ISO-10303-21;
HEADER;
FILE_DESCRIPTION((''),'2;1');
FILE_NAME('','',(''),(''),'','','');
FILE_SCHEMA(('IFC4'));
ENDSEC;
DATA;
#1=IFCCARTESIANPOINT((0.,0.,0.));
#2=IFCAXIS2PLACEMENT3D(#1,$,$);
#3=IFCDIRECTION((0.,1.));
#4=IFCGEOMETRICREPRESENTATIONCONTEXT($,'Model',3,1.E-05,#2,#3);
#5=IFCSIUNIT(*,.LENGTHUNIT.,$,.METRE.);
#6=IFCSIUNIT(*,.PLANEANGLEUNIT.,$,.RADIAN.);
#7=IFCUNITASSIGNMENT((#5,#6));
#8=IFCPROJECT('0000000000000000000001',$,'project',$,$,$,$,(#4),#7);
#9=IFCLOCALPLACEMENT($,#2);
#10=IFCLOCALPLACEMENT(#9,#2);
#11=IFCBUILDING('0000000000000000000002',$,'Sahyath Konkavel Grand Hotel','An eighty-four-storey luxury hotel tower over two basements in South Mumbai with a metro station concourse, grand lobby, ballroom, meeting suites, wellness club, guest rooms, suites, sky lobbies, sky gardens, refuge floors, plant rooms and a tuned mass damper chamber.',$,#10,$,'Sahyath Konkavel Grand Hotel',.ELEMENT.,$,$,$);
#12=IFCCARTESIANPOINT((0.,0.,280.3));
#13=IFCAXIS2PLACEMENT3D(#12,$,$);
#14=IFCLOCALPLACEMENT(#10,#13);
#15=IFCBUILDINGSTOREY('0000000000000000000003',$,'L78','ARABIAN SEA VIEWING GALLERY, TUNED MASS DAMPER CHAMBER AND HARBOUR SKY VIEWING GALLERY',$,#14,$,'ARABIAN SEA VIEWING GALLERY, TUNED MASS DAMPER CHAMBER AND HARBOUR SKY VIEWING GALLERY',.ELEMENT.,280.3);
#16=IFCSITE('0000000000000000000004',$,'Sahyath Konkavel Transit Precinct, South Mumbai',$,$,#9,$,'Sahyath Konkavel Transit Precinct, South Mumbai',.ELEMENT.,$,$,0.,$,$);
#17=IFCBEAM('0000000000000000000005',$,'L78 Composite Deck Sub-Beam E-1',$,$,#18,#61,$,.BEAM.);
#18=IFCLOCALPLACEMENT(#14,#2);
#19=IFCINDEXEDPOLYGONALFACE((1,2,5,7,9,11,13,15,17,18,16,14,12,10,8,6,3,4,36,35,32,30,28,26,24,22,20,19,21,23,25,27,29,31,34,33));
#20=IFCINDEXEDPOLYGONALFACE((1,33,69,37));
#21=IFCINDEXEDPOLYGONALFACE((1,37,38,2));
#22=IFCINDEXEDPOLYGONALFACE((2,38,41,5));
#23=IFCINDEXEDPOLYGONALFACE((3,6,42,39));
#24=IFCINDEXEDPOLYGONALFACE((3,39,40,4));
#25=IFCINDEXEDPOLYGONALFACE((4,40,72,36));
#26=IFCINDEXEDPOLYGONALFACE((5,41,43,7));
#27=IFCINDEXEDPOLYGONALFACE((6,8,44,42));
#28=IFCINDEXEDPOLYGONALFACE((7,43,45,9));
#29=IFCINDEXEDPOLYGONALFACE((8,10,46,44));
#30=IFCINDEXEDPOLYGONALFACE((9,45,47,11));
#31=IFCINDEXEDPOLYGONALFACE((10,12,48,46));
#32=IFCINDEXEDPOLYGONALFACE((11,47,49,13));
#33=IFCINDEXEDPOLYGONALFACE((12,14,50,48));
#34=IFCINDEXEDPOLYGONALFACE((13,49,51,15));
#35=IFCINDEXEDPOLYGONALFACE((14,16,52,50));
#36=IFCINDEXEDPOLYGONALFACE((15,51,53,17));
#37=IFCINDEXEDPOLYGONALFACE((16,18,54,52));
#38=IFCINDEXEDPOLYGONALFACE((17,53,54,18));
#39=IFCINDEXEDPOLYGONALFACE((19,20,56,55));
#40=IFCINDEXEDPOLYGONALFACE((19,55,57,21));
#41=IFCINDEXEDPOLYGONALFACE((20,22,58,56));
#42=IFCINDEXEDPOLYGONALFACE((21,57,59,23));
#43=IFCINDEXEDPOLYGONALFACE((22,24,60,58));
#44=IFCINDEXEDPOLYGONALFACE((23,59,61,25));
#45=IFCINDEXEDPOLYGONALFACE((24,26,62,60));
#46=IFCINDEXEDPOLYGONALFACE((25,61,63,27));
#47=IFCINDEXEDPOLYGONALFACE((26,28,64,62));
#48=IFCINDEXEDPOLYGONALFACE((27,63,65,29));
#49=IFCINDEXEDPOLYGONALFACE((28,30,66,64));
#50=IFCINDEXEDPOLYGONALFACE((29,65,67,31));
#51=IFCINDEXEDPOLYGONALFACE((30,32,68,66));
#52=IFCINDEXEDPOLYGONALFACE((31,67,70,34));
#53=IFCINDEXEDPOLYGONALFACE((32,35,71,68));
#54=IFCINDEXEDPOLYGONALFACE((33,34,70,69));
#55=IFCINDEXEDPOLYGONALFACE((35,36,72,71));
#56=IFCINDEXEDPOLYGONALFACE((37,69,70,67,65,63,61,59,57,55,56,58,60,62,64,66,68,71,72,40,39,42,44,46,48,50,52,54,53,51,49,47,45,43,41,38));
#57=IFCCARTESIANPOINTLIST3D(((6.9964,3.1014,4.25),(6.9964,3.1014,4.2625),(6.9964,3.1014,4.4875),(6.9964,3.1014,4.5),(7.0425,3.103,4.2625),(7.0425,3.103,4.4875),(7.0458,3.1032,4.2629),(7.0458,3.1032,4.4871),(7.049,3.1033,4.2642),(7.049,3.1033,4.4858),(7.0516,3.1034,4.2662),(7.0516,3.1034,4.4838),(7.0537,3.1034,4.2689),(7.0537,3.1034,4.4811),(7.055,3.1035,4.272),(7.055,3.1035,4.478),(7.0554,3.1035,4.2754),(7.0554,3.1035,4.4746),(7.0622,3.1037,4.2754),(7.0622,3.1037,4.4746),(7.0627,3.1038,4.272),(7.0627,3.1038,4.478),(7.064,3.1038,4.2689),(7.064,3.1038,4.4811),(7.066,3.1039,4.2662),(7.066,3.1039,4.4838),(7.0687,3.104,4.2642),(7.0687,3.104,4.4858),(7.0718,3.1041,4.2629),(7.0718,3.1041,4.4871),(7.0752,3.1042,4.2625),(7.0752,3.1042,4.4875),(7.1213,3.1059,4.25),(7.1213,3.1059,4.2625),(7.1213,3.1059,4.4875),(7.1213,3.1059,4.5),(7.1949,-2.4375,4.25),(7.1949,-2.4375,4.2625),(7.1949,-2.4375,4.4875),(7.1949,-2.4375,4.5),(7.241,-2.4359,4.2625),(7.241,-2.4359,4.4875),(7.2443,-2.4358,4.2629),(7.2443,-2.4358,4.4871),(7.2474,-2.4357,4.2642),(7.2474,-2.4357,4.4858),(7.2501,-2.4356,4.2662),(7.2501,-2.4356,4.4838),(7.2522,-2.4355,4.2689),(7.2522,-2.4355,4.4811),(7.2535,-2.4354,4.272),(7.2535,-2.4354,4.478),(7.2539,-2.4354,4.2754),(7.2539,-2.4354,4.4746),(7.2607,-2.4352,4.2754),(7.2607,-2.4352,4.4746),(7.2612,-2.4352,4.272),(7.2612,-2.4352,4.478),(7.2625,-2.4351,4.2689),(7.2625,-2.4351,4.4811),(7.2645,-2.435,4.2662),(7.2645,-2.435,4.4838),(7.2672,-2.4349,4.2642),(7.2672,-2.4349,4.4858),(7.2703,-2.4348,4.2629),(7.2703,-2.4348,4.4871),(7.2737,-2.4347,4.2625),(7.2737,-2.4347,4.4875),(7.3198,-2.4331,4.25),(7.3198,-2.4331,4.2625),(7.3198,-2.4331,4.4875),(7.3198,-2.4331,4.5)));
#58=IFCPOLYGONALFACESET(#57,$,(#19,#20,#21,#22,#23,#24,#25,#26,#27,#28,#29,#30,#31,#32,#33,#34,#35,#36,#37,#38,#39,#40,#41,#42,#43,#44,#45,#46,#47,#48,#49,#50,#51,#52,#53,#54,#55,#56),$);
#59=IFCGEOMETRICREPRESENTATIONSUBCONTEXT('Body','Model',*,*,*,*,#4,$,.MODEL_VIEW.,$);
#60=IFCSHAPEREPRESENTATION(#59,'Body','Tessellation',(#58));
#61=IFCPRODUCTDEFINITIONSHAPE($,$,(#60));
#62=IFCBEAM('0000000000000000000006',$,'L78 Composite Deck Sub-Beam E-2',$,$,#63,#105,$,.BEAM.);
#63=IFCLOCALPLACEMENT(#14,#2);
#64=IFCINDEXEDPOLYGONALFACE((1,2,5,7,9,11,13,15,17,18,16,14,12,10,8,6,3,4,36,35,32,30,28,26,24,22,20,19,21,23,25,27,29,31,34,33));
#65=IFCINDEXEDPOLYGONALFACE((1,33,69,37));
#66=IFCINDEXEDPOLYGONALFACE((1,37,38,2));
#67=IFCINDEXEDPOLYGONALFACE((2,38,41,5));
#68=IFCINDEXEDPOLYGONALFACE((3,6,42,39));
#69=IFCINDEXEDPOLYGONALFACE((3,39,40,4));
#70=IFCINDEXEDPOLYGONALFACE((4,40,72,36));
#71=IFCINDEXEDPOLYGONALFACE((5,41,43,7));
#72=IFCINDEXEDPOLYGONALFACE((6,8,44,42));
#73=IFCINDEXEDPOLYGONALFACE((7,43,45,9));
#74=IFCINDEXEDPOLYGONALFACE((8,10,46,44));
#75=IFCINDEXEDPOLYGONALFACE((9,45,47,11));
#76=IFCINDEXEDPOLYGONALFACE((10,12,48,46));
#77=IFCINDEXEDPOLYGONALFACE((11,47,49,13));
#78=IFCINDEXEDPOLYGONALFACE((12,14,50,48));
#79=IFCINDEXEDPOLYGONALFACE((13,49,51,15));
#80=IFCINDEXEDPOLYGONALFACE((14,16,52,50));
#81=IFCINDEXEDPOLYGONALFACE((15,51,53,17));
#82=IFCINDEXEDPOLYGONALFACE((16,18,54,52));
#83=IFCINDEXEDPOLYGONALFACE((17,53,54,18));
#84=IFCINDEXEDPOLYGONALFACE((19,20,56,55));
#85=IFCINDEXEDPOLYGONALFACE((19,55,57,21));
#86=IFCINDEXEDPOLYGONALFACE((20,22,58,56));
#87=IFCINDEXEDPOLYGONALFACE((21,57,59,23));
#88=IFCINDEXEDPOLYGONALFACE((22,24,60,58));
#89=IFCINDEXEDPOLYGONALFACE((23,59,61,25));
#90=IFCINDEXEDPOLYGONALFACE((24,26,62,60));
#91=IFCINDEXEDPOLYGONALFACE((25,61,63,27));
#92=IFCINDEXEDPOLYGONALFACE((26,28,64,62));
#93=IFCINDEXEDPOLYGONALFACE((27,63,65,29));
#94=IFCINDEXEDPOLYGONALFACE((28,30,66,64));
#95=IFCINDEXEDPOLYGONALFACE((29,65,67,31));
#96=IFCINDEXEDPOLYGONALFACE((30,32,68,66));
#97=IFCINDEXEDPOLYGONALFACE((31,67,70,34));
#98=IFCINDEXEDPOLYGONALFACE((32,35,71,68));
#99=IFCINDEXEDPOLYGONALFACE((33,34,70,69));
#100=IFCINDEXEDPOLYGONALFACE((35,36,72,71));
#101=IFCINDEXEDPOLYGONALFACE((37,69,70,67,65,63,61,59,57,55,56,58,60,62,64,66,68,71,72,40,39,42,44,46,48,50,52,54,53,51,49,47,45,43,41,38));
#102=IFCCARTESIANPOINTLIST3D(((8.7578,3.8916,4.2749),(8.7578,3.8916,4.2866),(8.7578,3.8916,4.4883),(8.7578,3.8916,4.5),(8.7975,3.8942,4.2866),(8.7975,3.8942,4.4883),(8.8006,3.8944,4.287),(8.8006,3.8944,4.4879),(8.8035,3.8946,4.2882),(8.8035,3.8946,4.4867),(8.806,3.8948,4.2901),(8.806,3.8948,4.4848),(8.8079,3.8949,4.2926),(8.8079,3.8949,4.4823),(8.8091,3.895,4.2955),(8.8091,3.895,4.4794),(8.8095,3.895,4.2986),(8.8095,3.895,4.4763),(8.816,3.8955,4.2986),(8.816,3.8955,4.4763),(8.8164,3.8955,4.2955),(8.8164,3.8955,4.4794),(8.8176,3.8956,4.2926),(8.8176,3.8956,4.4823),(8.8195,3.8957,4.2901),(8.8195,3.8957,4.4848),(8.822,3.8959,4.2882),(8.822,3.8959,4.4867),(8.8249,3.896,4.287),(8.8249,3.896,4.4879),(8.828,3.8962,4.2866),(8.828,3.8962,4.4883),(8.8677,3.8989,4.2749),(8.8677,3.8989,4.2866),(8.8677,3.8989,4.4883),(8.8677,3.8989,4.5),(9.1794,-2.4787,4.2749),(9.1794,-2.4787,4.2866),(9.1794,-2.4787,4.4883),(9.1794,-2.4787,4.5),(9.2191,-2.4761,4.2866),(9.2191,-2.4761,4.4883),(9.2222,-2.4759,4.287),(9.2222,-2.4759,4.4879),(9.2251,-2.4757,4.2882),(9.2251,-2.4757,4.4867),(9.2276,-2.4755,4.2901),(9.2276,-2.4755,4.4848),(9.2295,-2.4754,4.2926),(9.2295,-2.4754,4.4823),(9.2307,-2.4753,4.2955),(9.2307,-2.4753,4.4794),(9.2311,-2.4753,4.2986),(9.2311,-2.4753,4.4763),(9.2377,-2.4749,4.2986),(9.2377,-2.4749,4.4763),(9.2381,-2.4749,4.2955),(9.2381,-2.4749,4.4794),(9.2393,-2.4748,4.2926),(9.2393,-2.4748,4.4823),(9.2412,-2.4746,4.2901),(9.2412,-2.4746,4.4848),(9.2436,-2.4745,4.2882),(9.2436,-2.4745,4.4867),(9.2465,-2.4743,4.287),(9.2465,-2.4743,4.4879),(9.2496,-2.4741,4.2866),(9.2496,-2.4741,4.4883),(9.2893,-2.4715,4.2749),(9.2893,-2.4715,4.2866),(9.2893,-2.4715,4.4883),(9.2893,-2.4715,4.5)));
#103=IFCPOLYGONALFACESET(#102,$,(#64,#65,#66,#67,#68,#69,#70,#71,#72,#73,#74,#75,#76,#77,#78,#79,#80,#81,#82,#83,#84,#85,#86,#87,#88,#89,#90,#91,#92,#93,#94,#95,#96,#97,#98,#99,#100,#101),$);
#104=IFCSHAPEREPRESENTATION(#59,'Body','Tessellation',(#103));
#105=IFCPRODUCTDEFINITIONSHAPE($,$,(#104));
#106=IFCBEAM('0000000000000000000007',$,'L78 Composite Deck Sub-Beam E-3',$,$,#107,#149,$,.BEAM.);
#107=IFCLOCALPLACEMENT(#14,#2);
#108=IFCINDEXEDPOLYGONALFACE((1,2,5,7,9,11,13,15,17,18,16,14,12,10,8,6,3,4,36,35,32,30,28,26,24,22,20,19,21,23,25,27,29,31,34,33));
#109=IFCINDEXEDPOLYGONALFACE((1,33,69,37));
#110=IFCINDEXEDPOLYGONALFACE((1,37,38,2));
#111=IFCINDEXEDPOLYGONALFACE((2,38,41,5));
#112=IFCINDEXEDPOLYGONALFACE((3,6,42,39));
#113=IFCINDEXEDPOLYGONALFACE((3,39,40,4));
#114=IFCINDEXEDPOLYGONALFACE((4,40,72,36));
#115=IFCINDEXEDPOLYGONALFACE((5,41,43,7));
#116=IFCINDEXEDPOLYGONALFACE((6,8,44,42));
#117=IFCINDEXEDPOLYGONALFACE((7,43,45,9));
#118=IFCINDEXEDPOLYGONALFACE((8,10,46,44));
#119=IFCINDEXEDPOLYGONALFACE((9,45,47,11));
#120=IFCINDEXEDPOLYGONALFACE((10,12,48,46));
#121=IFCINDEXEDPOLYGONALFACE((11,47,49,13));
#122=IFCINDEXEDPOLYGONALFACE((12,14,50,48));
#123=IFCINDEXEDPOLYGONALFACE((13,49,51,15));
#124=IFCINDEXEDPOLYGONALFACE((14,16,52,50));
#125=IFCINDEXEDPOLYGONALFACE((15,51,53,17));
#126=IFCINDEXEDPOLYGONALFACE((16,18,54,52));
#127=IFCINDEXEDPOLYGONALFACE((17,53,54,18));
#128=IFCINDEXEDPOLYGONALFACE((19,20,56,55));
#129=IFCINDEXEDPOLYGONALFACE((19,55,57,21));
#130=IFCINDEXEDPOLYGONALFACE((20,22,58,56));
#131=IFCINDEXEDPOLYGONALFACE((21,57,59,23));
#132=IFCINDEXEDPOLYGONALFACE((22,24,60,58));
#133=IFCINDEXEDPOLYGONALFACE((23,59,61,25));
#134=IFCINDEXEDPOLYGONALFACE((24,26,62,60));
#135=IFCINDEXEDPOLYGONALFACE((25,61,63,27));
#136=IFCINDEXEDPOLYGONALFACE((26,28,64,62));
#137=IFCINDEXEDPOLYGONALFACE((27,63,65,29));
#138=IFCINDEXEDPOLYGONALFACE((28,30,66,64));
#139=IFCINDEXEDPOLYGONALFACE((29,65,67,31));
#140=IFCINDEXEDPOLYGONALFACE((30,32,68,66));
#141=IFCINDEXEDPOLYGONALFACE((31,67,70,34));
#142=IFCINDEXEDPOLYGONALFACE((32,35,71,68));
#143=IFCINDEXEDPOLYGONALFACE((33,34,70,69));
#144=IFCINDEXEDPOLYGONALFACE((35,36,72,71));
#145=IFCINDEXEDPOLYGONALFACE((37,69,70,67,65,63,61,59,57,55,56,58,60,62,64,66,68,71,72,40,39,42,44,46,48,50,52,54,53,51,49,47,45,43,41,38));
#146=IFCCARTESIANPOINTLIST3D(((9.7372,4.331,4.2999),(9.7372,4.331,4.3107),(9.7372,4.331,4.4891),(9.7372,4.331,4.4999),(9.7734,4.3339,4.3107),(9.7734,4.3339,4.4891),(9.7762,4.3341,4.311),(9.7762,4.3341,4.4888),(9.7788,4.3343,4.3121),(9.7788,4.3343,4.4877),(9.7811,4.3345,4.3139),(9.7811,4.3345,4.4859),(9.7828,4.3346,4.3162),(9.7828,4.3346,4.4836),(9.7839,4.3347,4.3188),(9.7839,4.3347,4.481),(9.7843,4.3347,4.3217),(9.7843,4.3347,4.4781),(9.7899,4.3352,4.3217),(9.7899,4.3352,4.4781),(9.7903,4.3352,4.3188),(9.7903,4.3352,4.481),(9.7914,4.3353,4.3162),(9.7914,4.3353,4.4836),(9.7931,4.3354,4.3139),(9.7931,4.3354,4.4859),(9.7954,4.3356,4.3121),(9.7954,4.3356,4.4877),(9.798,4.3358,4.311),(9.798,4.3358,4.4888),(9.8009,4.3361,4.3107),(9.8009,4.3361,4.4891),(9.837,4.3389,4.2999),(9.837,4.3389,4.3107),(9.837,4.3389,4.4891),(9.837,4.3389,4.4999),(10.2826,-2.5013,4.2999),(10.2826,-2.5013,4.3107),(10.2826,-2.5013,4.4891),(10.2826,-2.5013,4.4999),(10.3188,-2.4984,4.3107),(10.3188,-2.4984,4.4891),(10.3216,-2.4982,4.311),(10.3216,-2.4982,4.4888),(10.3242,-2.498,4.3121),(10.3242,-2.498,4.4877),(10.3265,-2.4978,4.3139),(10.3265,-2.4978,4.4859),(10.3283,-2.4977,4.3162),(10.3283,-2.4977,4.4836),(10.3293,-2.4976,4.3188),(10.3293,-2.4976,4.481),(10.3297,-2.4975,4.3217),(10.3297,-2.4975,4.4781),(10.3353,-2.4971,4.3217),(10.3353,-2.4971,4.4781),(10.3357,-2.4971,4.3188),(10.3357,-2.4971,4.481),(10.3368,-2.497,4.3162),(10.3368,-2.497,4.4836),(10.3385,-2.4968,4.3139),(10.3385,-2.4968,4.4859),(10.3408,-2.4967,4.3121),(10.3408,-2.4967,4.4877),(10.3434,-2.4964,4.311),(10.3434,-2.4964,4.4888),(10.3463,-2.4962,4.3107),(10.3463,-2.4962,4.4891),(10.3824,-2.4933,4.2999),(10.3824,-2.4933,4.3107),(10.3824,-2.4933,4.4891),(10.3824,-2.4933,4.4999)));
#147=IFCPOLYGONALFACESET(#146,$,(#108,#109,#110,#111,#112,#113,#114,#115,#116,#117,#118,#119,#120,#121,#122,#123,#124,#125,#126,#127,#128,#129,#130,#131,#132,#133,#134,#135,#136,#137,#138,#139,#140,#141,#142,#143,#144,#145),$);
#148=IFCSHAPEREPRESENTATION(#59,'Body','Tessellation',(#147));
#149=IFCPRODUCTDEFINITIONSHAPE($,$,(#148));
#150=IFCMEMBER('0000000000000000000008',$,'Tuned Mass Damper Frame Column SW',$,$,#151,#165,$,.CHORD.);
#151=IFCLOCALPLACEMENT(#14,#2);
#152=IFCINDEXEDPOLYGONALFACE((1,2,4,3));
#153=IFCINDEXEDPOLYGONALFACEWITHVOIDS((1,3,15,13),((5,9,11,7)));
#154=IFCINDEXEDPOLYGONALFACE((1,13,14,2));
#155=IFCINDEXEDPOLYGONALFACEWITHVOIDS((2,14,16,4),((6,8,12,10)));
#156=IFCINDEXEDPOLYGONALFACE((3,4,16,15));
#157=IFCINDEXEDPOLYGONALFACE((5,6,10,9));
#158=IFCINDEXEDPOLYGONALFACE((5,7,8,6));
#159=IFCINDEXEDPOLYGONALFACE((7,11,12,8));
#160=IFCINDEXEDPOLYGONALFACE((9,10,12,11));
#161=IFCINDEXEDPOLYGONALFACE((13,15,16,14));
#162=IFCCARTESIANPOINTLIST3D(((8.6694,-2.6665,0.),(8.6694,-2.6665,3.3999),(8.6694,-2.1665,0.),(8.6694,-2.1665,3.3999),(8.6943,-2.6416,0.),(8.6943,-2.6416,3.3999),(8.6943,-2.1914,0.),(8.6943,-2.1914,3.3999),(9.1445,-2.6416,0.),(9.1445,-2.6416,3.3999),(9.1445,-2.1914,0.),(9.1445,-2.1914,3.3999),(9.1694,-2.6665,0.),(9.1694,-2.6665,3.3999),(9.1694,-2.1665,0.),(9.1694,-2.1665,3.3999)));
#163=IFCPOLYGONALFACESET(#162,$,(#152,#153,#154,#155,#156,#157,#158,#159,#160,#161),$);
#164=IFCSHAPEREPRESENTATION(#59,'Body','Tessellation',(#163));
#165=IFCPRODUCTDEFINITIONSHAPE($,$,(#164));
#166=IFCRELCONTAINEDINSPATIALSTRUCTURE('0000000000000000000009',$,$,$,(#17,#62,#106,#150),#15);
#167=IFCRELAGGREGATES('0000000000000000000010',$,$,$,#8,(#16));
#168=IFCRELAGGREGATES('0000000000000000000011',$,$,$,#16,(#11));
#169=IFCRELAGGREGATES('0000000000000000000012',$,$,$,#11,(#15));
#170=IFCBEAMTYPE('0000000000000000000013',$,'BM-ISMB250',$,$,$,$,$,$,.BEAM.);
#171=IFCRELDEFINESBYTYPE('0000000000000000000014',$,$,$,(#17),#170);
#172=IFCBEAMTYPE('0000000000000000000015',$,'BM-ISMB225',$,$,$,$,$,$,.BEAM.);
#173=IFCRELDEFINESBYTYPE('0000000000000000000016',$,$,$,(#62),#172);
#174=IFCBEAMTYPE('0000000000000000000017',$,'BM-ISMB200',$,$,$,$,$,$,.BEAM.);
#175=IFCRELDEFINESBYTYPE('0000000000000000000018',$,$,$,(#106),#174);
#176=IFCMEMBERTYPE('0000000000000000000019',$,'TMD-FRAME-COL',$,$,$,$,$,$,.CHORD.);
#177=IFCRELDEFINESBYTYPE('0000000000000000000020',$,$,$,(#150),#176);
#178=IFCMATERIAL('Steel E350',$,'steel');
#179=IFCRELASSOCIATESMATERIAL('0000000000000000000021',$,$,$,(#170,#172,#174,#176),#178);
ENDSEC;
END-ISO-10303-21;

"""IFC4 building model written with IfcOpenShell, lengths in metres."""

from ifc_helpers import new_model, si_unit, direction, frame, origin, origin_2d, place, context, subcontext, project, spatial, hollow_rectangle, i_section, extrude, source, transform, mapped, material, material_profile, profile_set, type_object, element, save


model = new_model("IFC4")

# Units and contexts
model_context = context("Model", 3, precision=1e-05, world=origin(), true_north=direction((0.0, 1.0)))
body_context = subcontext(model_context, "Body", "Model", "MODEL_VIEW")
ifc_project = project(units=[si_unit("LENGTHUNIT", "METRE"), si_unit("PLANEANGLEUNIT", "RADIAN")], contexts=[model_context])

# Site, building, storey
site_placement = place(None, origin())
site = spatial("IfcSite", under=ifc_project, at=site_placement, Name="Sahyath Konkavel Transit Precinct, South Mumbai", LongName="Sahyath Konkavel Transit Precinct, South Mumbai", CompositionType="ELEMENT", RefElevation=0.0)
building_placement = place(site_placement, origin())
building = spatial("IfcBuilding", under=site, at=building_placement, Name="Sahyath Konkavel Grand Hotel", Description="An eighty-four-storey luxury hotel tower over two basements in South Mumbai with a metro station concourse, grand lobby, ballroom, meeting suites, wellness club, guest rooms, suites, sky lobbies, sky gardens, refuge floors, plant rooms and a tuned mass damper chamber.", LongName="Sahyath Konkavel Grand Hotel", CompositionType="ELEMENT")
storey_placement = place(building_placement, frame((0.0, 0.0, 280.3)))
storey = spatial("IfcBuildingStorey", under=building, at=storey_placement, Name="L78", Description="ARABIAN SEA VIEWING GALLERY, TUNED MASS DAMPER CHAMBER AND HARBOUR SKY VIEWING GALLERY", LongName="ARABIAN SEA VIEWING GALLERY, TUNED MASS DAMPER CHAMBER AND HARBOUR SKY VIEWING GALLERY", CompositionType="ELEMENT", Elevation=280.3)

# Beams
ifc_material_1 = material(Name="Steel E350", Category="steel")
ifc_material_profile_1 = material_profile(ifc_material_1, i_section(OverallWidth=0.125, OverallDepth=0.25, WebThickness=0.0068, FlangeThickness=0.0125, FilletRadius=0.0129, at=origin_2d()), Name="ISMB 250")
ifc_profile_set_1 = profile_set([ifc_material_profile_1], Name="Steel E350")
beam_type_1 = type_object("IfcBeamType", Name="BM-ISMB250", PredefinedType="BEAM", material=ifc_profile_set_1)
shared_shape_1 = source(origin(), body_context, "Body", "SweptSolid", [
    extrude(i_section(OverallWidth=0.125, OverallDepth=0.25, WebThickness=0.0068, FlangeThickness=0.0125, FilletRadius=0.0129, at=origin_2d()), origin(), (0.0, 0.0, 1.0), 5.5425),
])
beam_1_placement = place(storey_placement, frame((7.2573, -2.4353, 4.375), z_axis=(-0.035813, 0.999359, 0.0), x_axis=(-0.999359, -0.035813, 0.0)))
element("IfcBeam", 1, at=beam_1_placement, inside=storey, type_object=beam_type_1, Name="L78 Composite Deck Sub-Beam E-1", PredefinedType="BEAM", context=body_context, shape_type="MappedRepresentation", body=[
    mapped(shared_shape_1, transform((0.0, 0.0, 0.0), scale=1.0)),
])
ifc_material_profile_2 = material_profile(ifc_material_1, i_section(OverallWidth=0.1101, OverallDepth=0.2251, WebThickness=0.0066, FlangeThickness=0.0117, FilletRadius=0.012, at=origin_2d()), Name="ISMB 225")
ifc_profile_set_2 = profile_set([ifc_material_profile_2], Name="Steel E350")
beam_type_2 = type_object("IfcBeamType", Name="BM-ISMB225", PredefinedType="BEAM", material=ifc_profile_set_2)
shared_shape_2 = source(origin(), body_context, "Body", "SweptSolid", [
    extrude(i_section(OverallWidth=0.1101, OverallDepth=0.2251, WebThickness=0.0066, FlangeThickness=0.0117, FilletRadius=0.012, at=origin_2d()), origin(), (0.0, 0.0, 1.0), 6.3843),
])
beam_2_placement = place(storey_placement, frame((9.2344, -2.4751, 4.3875), z_axis=(-0.066042, 0.997817, 0.0), x_axis=(-0.997817, -0.066042, 0.0)))
element("IfcBeam", 2, at=beam_2_placement, inside=storey, type_object=beam_type_2, Name="L78 Composite Deck Sub-Beam E-2", PredefinedType="BEAM", context=body_context, shape_type="MappedRepresentation", body=[
    mapped(shared_shape_2, transform((0.0, 0.0, 0.0), scale=1.0)),
])
ifc_material_profile_3 = material_profile(ifc_material_1, i_section(OverallWidth=0.1001, OverallDepth=0.2, WebThickness=0.0056, FlangeThickness=0.0107, FilletRadius=0.011, at=origin_2d()), Name="ISMB 200")
ifc_profile_set_3 = profile_set([ifc_material_profile_3], Name="Steel E350")
beam_type_3 = type_object("IfcBeamType", Name="BM-ISMB200", PredefinedType="BEAM", material=ifc_profile_set_3)
shared_shape_3 = source(origin(), body_context, "Body", "SweptSolid", [
    extrude(i_section(OverallWidth=0.1001, OverallDepth=0.2, WebThickness=0.0056, FlangeThickness=0.0107, FilletRadius=0.011, at=origin_2d()), origin(), (0.0, 0.0, 1.0), 6.854),
])
beam_3_placement = place(storey_placement, frame((10.3325, -2.4973, 4.3999), z_axis=(-0.079575, 0.996829, 0.0), x_axis=(-0.996829, -0.079575, 0.0)))
element("IfcBeam", 3, at=beam_3_placement, inside=storey, type_object=beam_type_3, Name="L78 Composite Deck Sub-Beam E-3", PredefinedType="BEAM", context=body_context, shape_type="MappedRepresentation", body=[
    mapped(shared_shape_3, transform((0.0, 0.0, 0.0), scale=1.0)),
])

# Member
ifc_material_profile_4 = material_profile(ifc_material_1, hollow_rectangle(XDim=0.5, YDim=0.5, WallThickness=0.0249, at=origin_2d()), Name="BOX 500x500x25")
ifc_profile_set_4 = profile_set([ifc_material_profile_4], Name="Steel E350")
member_type_1 = type_object("IfcMemberType", Name="TMD-FRAME-COL", PredefinedType="CHORD", material=ifc_profile_set_4)
shared_shape_4 = source(origin(), body_context, "Body", "SweptSolid", [
    extrude(hollow_rectangle(XDim=0.5, YDim=0.5, WallThickness=0.0249, at=origin_2d()), origin(), (0.0, 0.0, 1.0), 3.3999),
])
member_1_placement = place(storey_placement, frame((8.9194, -2.4165, 0.0), z_axis=(0.0, 0.0, 1.0), x_axis=(1.0, 0.0, 0.0)))
element("IfcMember", 4, at=member_1_placement, inside=storey, type_object=member_type_1, Name="Tuned Mass Damper Frame Column SW", PredefinedType="CHORD", context=body_context, shape_type="MappedRepresentation", body=[
    mapped(shared_shape_4, transform((0.0, 0.0, 0.0), scale=1.0)),
])

save(model, "model.ifc")
